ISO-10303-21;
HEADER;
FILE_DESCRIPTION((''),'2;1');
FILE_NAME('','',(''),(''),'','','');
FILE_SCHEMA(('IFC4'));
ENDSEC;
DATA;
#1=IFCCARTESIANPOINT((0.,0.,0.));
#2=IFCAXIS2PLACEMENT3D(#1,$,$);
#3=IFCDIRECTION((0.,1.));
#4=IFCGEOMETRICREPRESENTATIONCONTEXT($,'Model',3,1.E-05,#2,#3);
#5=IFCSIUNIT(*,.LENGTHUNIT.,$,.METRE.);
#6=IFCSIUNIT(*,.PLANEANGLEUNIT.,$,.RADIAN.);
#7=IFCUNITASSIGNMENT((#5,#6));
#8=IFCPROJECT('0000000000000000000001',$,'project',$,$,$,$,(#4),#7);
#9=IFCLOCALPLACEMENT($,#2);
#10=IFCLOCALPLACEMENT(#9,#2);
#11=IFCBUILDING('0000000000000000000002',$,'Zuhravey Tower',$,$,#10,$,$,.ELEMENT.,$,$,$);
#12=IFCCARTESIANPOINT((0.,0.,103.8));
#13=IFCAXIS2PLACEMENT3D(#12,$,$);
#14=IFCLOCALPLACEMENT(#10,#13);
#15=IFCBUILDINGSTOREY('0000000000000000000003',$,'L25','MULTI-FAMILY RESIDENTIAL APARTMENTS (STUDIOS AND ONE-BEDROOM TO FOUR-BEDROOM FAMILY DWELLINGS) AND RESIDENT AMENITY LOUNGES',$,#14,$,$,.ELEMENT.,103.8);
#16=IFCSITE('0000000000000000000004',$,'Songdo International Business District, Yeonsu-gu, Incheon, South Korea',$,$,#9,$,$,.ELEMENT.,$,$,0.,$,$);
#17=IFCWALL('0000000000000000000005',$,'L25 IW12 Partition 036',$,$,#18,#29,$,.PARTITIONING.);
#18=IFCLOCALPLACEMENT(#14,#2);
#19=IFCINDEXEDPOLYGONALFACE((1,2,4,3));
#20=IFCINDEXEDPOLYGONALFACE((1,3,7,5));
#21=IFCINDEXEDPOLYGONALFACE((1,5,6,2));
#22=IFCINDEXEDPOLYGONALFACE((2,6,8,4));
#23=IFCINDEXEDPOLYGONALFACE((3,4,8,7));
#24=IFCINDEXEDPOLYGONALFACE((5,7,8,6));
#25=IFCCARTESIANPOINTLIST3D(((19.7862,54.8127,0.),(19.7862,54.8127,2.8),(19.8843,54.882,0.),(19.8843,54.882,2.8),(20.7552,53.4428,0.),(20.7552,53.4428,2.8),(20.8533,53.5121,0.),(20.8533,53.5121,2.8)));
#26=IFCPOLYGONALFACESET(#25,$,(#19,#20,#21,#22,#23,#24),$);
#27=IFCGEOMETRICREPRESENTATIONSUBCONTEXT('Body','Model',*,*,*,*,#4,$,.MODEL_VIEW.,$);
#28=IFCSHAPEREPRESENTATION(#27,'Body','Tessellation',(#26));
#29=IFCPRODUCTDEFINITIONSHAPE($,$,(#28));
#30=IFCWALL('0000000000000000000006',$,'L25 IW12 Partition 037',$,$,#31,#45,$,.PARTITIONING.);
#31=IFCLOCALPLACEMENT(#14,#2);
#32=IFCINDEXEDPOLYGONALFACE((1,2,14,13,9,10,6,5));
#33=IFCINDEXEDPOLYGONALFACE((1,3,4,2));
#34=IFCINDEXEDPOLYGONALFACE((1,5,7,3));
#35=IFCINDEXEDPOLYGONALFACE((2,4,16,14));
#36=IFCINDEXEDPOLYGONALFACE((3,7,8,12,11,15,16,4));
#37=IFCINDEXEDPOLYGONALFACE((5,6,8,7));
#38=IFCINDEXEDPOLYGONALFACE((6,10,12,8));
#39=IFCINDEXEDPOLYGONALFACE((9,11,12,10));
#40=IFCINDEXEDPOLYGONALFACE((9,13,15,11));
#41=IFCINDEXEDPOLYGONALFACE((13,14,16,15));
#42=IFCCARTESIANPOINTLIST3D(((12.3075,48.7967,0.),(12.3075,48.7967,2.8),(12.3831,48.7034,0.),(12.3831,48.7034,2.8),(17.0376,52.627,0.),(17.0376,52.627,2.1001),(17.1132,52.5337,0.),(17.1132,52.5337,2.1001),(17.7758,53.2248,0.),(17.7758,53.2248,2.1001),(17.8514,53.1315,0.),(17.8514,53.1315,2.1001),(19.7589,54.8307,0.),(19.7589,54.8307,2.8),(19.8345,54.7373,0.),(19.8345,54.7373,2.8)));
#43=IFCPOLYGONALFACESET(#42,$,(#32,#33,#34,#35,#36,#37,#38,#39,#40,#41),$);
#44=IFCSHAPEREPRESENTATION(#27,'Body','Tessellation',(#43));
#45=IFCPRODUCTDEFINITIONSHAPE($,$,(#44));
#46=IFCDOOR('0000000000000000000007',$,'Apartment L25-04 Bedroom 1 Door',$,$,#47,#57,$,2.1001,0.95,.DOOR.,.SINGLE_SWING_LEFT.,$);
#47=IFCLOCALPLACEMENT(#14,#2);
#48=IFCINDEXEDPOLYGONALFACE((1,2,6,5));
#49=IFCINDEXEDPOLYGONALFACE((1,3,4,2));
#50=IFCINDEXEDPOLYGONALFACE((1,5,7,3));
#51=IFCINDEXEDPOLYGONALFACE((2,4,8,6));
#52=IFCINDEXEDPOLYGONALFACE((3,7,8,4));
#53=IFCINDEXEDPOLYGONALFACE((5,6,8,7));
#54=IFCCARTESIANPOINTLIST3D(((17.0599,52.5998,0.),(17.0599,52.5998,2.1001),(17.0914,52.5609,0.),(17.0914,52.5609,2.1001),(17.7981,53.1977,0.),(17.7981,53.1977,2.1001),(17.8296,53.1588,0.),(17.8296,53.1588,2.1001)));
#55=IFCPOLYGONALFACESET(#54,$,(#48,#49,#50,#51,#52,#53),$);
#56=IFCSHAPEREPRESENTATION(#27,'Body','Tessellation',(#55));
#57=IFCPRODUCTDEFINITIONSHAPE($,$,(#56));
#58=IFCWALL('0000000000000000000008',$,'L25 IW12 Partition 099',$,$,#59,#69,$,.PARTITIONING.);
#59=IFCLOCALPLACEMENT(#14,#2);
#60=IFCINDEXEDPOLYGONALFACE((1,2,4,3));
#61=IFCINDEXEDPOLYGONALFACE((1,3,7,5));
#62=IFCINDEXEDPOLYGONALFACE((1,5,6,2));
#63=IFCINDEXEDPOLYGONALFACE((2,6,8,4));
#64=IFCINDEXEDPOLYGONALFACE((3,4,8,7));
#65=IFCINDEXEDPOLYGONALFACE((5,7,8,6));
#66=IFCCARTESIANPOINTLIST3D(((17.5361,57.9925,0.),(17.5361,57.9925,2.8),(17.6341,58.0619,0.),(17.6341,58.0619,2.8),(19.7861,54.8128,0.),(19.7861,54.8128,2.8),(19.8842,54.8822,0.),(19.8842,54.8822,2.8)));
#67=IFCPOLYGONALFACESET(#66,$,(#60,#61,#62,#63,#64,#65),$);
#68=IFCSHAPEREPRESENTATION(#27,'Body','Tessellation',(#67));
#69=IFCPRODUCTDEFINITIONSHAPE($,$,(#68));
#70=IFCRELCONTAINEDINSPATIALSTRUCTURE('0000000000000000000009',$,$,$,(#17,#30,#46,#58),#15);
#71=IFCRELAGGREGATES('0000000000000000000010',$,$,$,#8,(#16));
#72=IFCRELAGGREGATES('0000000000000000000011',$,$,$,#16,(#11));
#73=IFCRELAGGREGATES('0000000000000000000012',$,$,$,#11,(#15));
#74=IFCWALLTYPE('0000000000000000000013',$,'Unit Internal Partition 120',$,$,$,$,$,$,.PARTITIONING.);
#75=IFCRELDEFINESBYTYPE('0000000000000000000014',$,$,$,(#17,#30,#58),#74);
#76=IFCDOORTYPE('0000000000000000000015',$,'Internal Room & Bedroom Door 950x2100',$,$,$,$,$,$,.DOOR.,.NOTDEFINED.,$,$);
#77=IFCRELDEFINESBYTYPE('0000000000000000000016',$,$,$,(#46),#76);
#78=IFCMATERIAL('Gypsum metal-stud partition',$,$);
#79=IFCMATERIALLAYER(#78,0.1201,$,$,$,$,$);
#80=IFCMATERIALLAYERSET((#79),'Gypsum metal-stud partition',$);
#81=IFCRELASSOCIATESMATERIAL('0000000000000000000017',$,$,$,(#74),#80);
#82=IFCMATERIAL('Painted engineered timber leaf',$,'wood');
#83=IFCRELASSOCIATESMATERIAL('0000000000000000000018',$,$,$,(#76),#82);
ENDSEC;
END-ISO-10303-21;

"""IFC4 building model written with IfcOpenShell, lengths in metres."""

from ifc_helpers import new_model, si_unit, direction, frame, frame_2d, origin, place, context, subcontext, project, spatial, rectangle, extrude, material, layer, layer_set, type_object, element, fill, save


model = new_model("IFC4")

# Units and contexts
model_context = context("Model", 3, precision=1e-05, world=origin(), true_north=direction((0.0, 1.0)))
body_context = subcontext(model_context, "Body", "Model", "MODEL_VIEW")
ifc_project = project(units=[si_unit("LENGTHUNIT", "METRE"), si_unit("PLANEANGLEUNIT", "RADIAN")], contexts=[model_context])

# Site, building, storey
site_placement = place(None, origin())
site = spatial("IfcSite", under=ifc_project, at=site_placement, Name="Songdo International Business District, Yeonsu-gu, Incheon, South Korea", CompositionType="ELEMENT", RefElevation=0.0)
building_placement = place(site_placement, origin())
building = spatial("IfcBuilding", under=site, at=building_placement, Name="Zuhravey Tower", CompositionType="ELEMENT")
storey_placement = place(building_placement, frame((0.0, 0.0, 103.8)))
storey = spatial("IfcBuildingStorey", under=building, at=storey_placement, Name="L25", Description="MULTI-FAMILY RESIDENTIAL APARTMENTS (STUDIOS AND ONE-BEDROOM TO FOUR-BEDROOM FAMILY DWELLINGS) AND RESIDENT AMENITY LOUNGES", CompositionType="ELEMENT", Elevation=103.8)

# Wall
ifc_material_1 = material(Name="Gypsum metal-stud partition")
ifc_layer_1 = layer(ifc_material_1, 0.1201)
ifc_layer_set_1 = layer_set([ifc_layer_1], Name="Gypsum metal-stud partition")
wall_type_1 = type_object("IfcWallType", Name="Unit Internal Partition 120", PredefinedType="PARTITIONING", material=ifc_layer_set_1)
wall_1_placement = place(storey_placement, frame((20.8042, 53.4775, 0.0), z_axis=(0.0, 0.0, 1.0), x_axis=(-0.577488, 0.816399, 0.0)))
element("IfcWall", 1, at=wall_1_placement, inside=storey, type_object=wall_type_1, Name="L25 IW12 Partition 036", PredefinedType="PARTITIONING", context=body_context, shape_type="SweptSolid", body=[
    extrude(rectangle(XDim=1.678, YDim=0.1201, at=frame_2d((0.8389, 0.0))), origin(), (0.0, 0.0, 1.0), 2.8),
])

# Wall, opening, door
wall_2_placement = place(storey_placement, frame((19.7966, 54.7839, 0.0), z_axis=(0.0, 0.0, 1.0), x_axis=(-0.777151, -0.629314, 0.0)))
wall_2 = element("IfcWall", 2, at=wall_2_placement, inside=storey, type_object=wall_type_1, Name="L25 IW12 Partition 037", PredefinedType="PARTITIONING", context=body_context, shape_type="SweptSolid", body=[
    extrude(rectangle(XDim=9.5881, YDim=0.1201, at=frame_2d((4.7939, 0.0))), origin(), (0.0, 0.0, 1.0), 2.8),
])
opening_placement = place(wall_2_placement, frame((2.5515, 0.0, 0.0)))
opening = element("IfcOpeningElement", 3, at=opening_placement, cuts=wall_2, PredefinedType="OPENING", context=body_context, shape_type="SweptSolid", body=[
    extrude(rectangle(XDim=0.95, YDim=2.1001, at=frame_2d((0.4751, 1.05))), frame((0.0, 0.072, 0.0), z_axis=(0.0, -1.0, 0.0), x_axis=(1.0, 0.0, 0.0)), (0.0, 0.0, 1.0), 0.144),
])
ifc_material_2 = material(Name="Painted engineered timber leaf", Category="wood")
door_type = type_object("IfcDoorType", Name="Internal Room & Bedroom Door 950x2100", OperationType="NOTDEFINED", PredefinedType="DOOR", material=ifc_material_2)
door_placement = place(opening_placement, frame((0.95, 0.0, 0.0), z_axis=(0.0, 0.0, 1.0), x_axis=(-1.0, 0.0, 0.0)))
door = element("IfcDoor", 4, at=door_placement, inside=storey, type_object=door_type, Name="Apartment L25-04 Bedroom 1 Door", OperationType="SINGLE_SWING_LEFT", OverallHeight=2.1001, OverallWidth=0.95, PredefinedType="DOOR", context=body_context, shape_type="SweptSolid", body=[
    extrude(rectangle(XDim=0.95, YDim=2.1001, at=frame_2d((0.4751, 1.05))), frame((0.0, 0.0249, 0.0), z_axis=(0.0, -1.0, 0.0), x_axis=(1.0, 0.0, 0.0)), (0.0, 0.0, 1.0), 0.05),
])
fill(opening, door)

# Wall
wall_3_placement = place(storey_placement, frame((19.8352, 54.8474, 0.0), z_axis=(0.0, 0.0, 1.0), x_axis=(-0.577628, 0.8163, 0.0)))
element("IfcWall", 5, at=wall_3_placement, inside=storey, type_object=wall_type_1, Name="L25 IW12 Partition 099", PredefinedType="PARTITIONING", context=body_context, shape_type="SweptSolid", body=[
    extrude(rectangle(XDim=3.8953, YDim=0.1201, at=frame_2d((1.9478, 0.0))), origin(), (0.0, 0.0, 1.0), 2.8),
])

save(model, "model.ifc")
